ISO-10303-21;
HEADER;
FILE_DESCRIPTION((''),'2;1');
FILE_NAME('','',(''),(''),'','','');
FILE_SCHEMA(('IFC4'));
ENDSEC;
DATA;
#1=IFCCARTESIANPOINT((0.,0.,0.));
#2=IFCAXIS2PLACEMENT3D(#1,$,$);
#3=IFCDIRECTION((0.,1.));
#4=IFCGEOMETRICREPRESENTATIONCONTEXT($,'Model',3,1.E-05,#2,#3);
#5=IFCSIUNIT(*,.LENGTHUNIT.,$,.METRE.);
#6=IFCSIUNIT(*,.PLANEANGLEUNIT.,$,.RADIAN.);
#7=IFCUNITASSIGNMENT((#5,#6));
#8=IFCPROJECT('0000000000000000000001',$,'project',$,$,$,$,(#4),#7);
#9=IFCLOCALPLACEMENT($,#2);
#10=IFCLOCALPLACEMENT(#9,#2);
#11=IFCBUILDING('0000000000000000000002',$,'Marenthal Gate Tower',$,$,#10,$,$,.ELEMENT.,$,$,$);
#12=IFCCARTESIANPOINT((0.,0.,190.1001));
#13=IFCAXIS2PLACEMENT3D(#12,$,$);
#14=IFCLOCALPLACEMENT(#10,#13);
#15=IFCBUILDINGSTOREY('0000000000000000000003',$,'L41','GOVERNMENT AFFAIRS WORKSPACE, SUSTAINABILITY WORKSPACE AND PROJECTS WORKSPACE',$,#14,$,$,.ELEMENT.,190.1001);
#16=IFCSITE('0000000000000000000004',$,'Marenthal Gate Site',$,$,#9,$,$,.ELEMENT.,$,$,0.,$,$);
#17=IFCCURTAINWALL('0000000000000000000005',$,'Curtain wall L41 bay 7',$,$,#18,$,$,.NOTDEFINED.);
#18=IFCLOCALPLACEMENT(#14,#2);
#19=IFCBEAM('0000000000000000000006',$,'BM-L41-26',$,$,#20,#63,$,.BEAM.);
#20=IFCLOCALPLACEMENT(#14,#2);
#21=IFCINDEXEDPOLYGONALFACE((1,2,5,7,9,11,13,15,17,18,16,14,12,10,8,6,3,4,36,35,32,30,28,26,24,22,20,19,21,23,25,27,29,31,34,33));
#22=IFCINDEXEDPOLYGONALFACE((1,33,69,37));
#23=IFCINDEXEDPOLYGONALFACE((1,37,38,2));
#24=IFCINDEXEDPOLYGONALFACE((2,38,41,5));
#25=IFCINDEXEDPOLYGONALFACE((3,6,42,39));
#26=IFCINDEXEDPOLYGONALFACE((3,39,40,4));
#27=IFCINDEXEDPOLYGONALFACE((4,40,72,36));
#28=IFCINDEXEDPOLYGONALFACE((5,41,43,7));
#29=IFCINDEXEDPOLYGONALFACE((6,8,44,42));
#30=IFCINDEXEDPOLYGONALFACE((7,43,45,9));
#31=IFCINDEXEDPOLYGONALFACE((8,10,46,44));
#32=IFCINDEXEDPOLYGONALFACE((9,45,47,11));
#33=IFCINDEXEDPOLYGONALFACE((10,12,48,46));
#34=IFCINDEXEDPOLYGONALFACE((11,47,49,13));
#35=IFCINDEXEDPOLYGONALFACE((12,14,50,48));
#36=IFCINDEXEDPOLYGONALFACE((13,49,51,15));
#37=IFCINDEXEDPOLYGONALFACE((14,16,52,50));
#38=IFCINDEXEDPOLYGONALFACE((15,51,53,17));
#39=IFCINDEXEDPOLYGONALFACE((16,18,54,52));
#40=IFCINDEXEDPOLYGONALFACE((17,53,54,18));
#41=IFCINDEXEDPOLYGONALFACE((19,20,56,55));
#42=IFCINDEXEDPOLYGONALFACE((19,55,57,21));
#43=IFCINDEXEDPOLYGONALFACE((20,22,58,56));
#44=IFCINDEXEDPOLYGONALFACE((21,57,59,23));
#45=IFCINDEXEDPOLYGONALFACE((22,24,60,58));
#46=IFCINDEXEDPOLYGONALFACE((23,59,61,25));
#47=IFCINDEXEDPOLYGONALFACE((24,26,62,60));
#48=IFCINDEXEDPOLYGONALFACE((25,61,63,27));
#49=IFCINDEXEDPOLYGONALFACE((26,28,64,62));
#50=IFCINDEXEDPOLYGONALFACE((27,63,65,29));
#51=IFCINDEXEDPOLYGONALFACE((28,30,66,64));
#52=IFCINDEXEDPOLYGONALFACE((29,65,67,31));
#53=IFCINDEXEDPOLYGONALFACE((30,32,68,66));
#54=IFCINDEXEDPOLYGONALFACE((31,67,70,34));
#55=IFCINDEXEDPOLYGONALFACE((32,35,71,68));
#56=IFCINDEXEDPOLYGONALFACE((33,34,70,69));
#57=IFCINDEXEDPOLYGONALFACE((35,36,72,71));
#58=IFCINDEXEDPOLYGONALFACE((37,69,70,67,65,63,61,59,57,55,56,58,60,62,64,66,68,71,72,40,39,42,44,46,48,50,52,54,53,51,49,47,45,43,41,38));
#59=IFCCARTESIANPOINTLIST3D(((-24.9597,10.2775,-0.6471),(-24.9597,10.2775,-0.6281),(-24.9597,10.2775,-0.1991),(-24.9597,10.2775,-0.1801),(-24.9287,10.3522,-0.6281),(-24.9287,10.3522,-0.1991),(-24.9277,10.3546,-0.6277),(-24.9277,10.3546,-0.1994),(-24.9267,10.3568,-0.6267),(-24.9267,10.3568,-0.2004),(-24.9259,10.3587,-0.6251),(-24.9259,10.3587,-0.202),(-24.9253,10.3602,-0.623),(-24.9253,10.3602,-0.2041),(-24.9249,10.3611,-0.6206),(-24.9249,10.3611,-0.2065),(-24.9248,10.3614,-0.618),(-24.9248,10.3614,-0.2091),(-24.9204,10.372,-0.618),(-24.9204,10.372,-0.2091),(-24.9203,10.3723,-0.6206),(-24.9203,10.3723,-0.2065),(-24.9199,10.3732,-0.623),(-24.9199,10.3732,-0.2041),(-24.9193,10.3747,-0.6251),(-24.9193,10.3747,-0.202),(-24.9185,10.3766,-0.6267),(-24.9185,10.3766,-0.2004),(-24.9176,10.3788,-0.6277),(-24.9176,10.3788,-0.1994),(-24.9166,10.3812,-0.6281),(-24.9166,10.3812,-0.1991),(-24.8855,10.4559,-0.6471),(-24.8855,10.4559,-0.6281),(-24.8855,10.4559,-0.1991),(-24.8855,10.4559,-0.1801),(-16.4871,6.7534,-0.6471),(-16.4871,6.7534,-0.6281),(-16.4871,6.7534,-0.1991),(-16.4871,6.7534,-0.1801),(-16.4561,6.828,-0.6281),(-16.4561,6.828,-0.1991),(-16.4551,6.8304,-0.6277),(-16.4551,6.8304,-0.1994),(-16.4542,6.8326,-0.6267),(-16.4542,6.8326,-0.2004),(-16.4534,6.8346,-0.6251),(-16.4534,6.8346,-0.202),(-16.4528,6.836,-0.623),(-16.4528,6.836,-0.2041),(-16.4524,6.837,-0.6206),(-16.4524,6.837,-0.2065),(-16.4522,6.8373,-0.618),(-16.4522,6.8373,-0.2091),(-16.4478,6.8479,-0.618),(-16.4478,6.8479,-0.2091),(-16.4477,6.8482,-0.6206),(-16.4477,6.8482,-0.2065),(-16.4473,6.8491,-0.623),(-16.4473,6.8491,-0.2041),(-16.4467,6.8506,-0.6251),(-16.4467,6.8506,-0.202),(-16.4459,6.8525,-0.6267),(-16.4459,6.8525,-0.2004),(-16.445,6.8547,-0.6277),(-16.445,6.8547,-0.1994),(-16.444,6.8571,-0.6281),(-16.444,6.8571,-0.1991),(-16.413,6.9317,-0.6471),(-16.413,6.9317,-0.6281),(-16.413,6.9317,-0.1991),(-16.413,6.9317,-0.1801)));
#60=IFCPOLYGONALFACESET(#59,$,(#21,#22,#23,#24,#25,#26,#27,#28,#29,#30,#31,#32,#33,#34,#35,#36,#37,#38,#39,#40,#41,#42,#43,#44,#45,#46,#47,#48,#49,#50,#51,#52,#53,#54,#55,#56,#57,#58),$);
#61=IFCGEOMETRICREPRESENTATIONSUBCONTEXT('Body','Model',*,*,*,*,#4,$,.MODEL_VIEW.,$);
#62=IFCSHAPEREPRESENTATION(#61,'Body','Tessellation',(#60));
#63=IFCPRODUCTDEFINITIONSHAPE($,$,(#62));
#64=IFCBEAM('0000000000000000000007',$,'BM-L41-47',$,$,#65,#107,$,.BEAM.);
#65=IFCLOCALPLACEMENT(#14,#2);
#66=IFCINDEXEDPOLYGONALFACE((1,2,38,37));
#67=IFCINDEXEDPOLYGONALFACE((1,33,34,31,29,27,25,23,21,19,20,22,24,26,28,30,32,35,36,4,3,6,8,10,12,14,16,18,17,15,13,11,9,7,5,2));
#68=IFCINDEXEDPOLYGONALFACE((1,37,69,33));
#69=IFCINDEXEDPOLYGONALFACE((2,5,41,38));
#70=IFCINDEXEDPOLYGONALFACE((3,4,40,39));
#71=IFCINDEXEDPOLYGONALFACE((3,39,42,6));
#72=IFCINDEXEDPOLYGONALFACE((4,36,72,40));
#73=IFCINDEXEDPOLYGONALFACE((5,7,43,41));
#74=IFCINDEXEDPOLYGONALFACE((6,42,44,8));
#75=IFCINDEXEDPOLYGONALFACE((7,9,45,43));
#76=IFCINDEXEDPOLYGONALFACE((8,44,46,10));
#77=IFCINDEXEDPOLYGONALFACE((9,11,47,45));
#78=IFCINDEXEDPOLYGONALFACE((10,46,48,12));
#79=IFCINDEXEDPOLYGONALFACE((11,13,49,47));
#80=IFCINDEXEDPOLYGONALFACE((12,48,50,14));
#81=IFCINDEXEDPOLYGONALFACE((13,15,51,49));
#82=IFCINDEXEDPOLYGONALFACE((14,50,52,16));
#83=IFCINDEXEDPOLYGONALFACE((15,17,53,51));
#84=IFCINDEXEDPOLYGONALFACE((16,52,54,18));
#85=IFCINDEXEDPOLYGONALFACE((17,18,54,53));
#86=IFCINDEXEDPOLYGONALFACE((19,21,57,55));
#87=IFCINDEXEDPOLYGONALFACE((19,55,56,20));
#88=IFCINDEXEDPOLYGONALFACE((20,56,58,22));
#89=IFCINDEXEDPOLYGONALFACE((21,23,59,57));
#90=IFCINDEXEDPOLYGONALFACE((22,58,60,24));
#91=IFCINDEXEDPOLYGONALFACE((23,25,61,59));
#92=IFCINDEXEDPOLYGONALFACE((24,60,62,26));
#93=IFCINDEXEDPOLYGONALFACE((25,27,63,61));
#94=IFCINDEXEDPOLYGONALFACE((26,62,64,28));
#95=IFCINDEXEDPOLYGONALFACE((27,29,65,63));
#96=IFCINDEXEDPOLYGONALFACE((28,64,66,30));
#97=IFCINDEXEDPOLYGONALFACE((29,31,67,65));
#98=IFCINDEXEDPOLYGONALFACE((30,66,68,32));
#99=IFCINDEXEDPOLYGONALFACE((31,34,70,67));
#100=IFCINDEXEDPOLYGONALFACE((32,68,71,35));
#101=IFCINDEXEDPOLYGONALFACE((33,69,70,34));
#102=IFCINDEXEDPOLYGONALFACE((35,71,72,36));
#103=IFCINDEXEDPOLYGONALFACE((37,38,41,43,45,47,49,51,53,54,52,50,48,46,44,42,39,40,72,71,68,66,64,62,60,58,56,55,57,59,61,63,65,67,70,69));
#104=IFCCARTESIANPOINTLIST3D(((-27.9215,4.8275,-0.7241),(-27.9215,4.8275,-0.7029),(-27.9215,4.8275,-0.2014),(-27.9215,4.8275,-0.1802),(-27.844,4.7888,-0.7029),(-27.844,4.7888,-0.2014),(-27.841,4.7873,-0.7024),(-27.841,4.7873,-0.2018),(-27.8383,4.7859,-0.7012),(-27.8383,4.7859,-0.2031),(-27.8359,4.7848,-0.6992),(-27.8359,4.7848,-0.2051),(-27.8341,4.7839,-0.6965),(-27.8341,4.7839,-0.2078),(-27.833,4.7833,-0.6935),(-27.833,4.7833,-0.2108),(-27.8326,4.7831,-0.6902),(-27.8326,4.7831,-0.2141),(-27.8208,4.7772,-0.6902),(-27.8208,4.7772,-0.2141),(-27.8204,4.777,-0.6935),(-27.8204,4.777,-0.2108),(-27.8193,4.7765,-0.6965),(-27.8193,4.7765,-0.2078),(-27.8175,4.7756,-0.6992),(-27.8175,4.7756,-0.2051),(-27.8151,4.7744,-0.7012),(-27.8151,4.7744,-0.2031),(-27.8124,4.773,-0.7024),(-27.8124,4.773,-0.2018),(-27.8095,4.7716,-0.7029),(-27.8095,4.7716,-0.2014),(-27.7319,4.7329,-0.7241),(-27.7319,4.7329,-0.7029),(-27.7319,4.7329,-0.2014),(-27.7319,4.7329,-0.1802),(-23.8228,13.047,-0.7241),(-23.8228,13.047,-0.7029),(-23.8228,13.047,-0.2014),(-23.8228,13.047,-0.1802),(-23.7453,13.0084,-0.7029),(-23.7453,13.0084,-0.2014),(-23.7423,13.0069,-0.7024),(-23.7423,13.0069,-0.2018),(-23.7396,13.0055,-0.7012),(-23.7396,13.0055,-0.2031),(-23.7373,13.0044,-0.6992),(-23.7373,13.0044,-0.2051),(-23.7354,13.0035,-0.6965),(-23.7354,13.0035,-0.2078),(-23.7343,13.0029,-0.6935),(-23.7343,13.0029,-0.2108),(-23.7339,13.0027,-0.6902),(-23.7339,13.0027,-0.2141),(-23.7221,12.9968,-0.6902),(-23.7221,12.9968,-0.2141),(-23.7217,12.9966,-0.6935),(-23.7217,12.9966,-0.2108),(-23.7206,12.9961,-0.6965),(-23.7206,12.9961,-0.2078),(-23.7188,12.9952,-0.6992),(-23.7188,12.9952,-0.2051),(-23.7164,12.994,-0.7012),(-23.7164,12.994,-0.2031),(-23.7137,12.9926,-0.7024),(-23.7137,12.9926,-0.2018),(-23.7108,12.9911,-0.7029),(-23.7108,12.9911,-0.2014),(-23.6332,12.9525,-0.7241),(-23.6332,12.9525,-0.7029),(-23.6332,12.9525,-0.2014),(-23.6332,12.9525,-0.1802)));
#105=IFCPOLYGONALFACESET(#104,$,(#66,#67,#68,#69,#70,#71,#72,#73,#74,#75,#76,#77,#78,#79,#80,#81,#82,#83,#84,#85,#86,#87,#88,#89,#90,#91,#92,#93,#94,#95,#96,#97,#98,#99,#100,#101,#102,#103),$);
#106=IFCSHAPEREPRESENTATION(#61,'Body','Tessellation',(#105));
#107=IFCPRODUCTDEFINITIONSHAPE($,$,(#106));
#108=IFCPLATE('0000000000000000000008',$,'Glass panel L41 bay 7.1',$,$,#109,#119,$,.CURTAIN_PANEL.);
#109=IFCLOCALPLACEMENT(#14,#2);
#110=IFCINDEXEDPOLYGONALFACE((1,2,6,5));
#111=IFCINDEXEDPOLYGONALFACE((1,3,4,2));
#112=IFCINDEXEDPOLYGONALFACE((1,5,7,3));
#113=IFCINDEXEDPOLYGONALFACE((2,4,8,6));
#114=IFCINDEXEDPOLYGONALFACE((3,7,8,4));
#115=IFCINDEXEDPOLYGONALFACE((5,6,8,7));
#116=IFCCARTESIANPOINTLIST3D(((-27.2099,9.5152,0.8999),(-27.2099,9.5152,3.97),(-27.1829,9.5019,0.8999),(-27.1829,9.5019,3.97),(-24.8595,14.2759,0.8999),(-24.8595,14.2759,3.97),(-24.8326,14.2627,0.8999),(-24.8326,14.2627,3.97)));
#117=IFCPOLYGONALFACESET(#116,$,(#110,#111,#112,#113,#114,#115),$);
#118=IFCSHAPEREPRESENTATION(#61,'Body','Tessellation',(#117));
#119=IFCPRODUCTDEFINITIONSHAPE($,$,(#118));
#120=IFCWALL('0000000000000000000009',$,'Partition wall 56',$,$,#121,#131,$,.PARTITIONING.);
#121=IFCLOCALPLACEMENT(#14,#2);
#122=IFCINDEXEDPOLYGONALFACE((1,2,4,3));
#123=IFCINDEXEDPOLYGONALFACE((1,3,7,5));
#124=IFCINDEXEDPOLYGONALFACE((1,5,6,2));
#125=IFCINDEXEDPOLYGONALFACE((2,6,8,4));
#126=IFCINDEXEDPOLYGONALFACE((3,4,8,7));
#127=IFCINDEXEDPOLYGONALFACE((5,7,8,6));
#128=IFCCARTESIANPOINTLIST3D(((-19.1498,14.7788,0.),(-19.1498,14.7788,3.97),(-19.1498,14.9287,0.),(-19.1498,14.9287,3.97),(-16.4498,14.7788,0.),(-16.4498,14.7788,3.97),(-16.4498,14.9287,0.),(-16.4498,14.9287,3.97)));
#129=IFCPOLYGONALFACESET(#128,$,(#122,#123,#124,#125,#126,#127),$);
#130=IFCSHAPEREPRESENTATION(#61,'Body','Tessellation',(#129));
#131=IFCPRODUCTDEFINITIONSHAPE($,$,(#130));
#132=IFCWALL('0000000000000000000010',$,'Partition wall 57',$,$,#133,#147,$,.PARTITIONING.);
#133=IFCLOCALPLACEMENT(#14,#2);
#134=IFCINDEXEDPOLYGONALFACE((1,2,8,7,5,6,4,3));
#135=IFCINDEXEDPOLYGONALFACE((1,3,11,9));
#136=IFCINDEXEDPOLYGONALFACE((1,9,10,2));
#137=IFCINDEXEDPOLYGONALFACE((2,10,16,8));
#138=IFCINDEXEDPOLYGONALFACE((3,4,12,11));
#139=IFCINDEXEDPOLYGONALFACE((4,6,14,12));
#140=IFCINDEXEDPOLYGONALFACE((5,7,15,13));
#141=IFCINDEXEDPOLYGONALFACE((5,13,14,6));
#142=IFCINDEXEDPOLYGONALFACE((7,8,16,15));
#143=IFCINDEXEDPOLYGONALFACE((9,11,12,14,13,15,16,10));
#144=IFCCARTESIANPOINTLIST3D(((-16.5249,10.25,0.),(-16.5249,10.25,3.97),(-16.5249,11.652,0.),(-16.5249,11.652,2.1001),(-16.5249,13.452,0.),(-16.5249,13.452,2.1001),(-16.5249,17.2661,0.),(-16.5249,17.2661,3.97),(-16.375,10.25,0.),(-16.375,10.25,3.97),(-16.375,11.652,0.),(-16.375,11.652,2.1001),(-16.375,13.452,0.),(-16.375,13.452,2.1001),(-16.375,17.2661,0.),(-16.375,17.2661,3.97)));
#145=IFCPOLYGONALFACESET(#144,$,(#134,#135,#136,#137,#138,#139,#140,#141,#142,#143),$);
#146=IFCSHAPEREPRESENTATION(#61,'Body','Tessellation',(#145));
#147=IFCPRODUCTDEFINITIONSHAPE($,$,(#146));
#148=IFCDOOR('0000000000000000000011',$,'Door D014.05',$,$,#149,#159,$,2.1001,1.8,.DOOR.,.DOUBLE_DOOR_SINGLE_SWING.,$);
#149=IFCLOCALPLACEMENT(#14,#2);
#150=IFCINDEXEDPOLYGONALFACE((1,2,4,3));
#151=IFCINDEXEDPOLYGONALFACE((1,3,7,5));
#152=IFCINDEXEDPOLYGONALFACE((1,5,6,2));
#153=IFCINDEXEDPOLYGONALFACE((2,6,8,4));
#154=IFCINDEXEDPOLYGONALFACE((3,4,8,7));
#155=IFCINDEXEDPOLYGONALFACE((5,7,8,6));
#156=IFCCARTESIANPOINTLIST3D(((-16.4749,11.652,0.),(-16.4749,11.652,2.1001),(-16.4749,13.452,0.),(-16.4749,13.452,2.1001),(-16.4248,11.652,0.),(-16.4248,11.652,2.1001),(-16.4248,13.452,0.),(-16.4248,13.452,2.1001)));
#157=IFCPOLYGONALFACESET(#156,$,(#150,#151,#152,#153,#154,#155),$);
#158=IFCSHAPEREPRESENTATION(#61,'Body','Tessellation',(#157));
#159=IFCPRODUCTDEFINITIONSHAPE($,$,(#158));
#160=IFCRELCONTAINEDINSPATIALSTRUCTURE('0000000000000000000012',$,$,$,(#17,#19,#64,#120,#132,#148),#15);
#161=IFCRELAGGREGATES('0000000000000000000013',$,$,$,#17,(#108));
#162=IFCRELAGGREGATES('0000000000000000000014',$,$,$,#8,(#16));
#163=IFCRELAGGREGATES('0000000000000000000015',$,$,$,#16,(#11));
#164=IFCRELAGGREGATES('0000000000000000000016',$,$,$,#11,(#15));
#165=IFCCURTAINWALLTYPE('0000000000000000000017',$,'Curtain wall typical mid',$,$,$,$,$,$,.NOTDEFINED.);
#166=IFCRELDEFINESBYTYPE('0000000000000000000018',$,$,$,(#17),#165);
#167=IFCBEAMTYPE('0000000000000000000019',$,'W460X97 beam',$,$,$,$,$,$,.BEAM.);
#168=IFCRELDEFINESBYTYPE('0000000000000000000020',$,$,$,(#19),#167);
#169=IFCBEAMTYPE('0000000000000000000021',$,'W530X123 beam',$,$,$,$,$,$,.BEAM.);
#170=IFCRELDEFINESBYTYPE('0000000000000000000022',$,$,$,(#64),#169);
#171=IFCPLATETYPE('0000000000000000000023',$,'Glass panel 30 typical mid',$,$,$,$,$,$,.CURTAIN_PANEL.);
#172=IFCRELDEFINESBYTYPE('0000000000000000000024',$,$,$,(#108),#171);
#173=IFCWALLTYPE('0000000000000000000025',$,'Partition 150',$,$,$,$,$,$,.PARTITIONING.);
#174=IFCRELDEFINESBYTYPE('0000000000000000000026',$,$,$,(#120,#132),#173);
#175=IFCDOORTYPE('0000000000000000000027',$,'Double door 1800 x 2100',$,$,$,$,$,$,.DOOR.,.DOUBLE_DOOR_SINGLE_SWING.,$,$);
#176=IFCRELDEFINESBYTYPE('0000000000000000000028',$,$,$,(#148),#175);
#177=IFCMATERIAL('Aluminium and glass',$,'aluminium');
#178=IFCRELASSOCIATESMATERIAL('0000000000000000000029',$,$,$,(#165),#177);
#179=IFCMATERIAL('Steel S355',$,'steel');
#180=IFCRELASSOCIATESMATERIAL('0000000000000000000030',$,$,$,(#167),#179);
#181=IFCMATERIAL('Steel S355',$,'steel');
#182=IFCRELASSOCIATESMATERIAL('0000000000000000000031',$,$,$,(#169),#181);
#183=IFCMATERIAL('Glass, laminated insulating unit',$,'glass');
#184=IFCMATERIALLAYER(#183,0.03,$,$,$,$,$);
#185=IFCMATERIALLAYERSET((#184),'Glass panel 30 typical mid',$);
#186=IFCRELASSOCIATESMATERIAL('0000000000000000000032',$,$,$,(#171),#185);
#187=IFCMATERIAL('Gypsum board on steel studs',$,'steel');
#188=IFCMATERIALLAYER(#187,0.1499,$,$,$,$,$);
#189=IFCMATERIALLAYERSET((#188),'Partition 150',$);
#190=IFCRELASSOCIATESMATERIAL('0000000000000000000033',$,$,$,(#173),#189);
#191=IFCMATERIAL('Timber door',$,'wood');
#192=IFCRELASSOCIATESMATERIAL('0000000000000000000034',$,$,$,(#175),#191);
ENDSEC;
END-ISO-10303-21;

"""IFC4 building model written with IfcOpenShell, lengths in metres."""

from ifc_helpers import new_model, si_unit, direction, frame, frame_2d, origin, origin_2d, place, context, subcontext, project, spatial, rectangle, i_section, extrude, material, layer, layer_set, material_profile, profile_set, type_object, element, fill, aggregate, save


model = new_model("IFC4")

# Units and contexts
model_context = context("Model", 3, precision=1e-05, world=origin(), true_north=direction((0.0, 1.0)))
body_context = subcontext(model_context, "Body", "Model", "MODEL_VIEW")
ifc_project = project(units=[si_unit("LENGTHUNIT", "METRE"), si_unit("PLANEANGLEUNIT", "RADIAN")], contexts=[model_context])

# Site, building, storey
site_placement = place(None, origin())
site = spatial("IfcSite", under=ifc_project, at=site_placement, Name="Marenthal Gate Site", CompositionType="ELEMENT", RefElevation=0.0)
building_placement = place(site_placement, origin())
building = spatial("IfcBuilding", under=site, at=building_placement, Name="Marenthal Gate Tower", CompositionType="ELEMENT")
storey_placement = place(building_placement, frame((0.0, 0.0, 190.1001)))
storey = spatial("IfcBuildingStorey", under=building, at=storey_placement, Name="L41", Description="GOVERNMENT AFFAIRS WORKSPACE, SUSTAINABILITY WORKSPACE AND PROJECTS WORKSPACE", CompositionType="ELEMENT", Elevation=190.1001)

# Shared definitions
ifc_material_1 = material(Name="Aluminium and glass", Category="aluminium")
curtain_wall_type = type_object("IfcCurtainWallType", Name="Curtain wall typical mid", PredefinedType="NOTDEFINED", material=ifc_material_1)

# Curtain wall
curtain_wall_1_placement = place(storey_placement, origin())
curtain_wall_1 = element("IfcCurtainWall", 1, at=curtain_wall_1_placement, inside=storey, type_object=curtain_wall_type, Name="Curtain wall L41 bay 7", PredefinedType="NOTDEFINED")

# Beams
ifc_material_2 = material(Name="Steel S355", Category="steel")
ifc_material_profile_1 = material_profile(ifc_material_2, i_section(OverallWidth=0.1931, OverallDepth=0.467, WebThickness=0.0115, FlangeThickness=0.019, FilletRadius=0.01, at=origin_2d()), Name="W460X97")
ifc_profile_set_1 = profile_set([ifc_material_profile_1], Name="Steel S355")
beam_type_1 = type_object("IfcBeamType", Name="W460X97 beam", PredefinedType="BEAM", material=ifc_profile_set_1)
beam_1_placement = place(storey_placement, frame((-24.9226, 10.3667, -0.4136), z_axis=(0.923313, -0.384049, 0.0), x_axis=(0.384049, 0.923313, 0.0)))
element("IfcBeam", 2, at=beam_1_placement, inside=storey, type_object=beam_type_1, Name="BM-L41-26", PredefinedType="BEAM", context=body_context, shape_type="SweptSolid", body=[
    extrude(i_section(OverallWidth=0.1931, OverallDepth=0.467, WebThickness=0.0115, FlangeThickness=0.019, FilletRadius=0.01, at=origin_2d()), origin(), (0.0, 0.0, 1.0), 9.1763),
])
ifc_material_3 = material(Name="Steel S355", Category="steel")
ifc_material_profile_2 = material_profile(ifc_material_3, i_section(OverallWidth=0.2119, OverallDepth=0.5439, WebThickness=0.0132, FlangeThickness=0.0212, FilletRadius=0.0127, at=origin_2d()), Name="W530X123")
ifc_profile_set_2 = profile_set([ifc_material_profile_2], Name="Steel S355")
beam_type_2 = type_object("IfcBeamType", Name="W530X123 beam", PredefinedType="BEAM", material=ifc_profile_set_2)
beam_2_placement = place(storey_placement, frame((-23.728, 12.9998, -0.4521), z_axis=(-0.446246, -0.89491, 0.0), x_axis=(0.89491, -0.446246, 0.0)))
element("IfcBeam", 3, at=beam_2_placement, inside=storey, type_object=beam_type_2, Name="BM-L41-47", PredefinedType="BEAM", context=body_context, shape_type="SweptSolid", body=[
    extrude(i_section(OverallWidth=0.2119, OverallDepth=0.5439, WebThickness=0.0132, FlangeThickness=0.0212, FilletRadius=0.0127, at=origin_2d()), origin(), (0.0, 0.0, 1.0), 9.1848),
])

# Plate
ifc_material_4 = material(Name="Glass, laminated insulating unit", Category="glass")
ifc_layer_1 = layer(ifc_material_4, 0.03)
ifc_layer_set_1 = layer_set([ifc_layer_1], Name="Glass panel 30 typical mid")
plate_type = type_object("IfcPlateType", Name="Glass panel 30 typical mid", PredefinedType="CURTAIN_PANEL", material=ifc_layer_set_1)
plate_placement = place(storey_placement, frame((-26.0212, 11.8889, 0.8999), z_axis=(0.0, 0.0, 1.0), x_axis=(-0.442678, -0.896681, 0.0)))
plate = element("IfcPlate", 4, at=plate_placement, type_object=plate_type, Name="Glass panel L41 bay 7.1", PredefinedType="CURTAIN_PANEL", context=body_context, shape_type="SweptSolid", body=[
    extrude(rectangle(XDim=5.3093, YDim=0.03, at=origin_2d()), origin(), (0.0, 0.0, 1.0), 3.0701),
])
aggregate(curtain_wall_1, [plate])

# Wall
ifc_material_5 = material(Name="Gypsum board on steel studs", Category="steel")
ifc_layer_2 = layer(ifc_material_5, 0.1499)
ifc_layer_set_2 = layer_set([ifc_layer_2], Name="Partition 150")
wall_type_1 = type_object("IfcWallType", Name="Partition 150", PredefinedType="PARTITIONING", material=ifc_layer_set_2)
wall_1_placement = place(storey_placement, frame((-19.1499, 14.8538, 0.0), z_axis=(0.0, 0.0, 1.0), x_axis=(1.0, 0.0, 0.0)))
element("IfcWall", 5, at=wall_1_placement, inside=storey, type_object=wall_type_1, Name="Partition wall 56", PredefinedType="PARTITIONING", context=body_context, shape_type="SweptSolid", body=[
    extrude(rectangle(XDim=2.7, YDim=0.1499, at=frame_2d((1.3501, 0.0))), origin(), (0.0, 0.0, 1.0), 3.97),
])

# Wall, opening, door
wall_2_placement = place(storey_placement, frame((-16.45, 10.25, 0.0), z_axis=(0.0, 0.0, 1.0), x_axis=(0.0, 1.0, 0.0)))
wall_2 = element("IfcWall", 6, at=wall_2_placement, inside=storey, type_object=wall_type_1, Name="Partition wall 57", PredefinedType="PARTITIONING", context=body_context, shape_type="SweptSolid", body=[
    extrude(rectangle(XDim=7.0161, YDim=0.1499, at=frame_2d((3.5081, 0.0))), origin(), (0.0, 0.0, 1.0), 3.97),
])
opening_1_placement = place(wall_2_placement, frame((1.4021, 0.0, 0.0)))
opening_1 = element("IfcOpeningElement", 7, at=opening_1_placement, cuts=wall_2, PredefinedType="OPENING", context=body_context, shape_type="SweptSolid", body=[
    extrude(rectangle(XDim=1.8, YDim=2.1001, at=frame_2d((0.8999, 1.05))), frame((0.0, 0.085, 0.0), z_axis=(0.0, -1.0, 0.0), x_axis=(1.0, 0.0, 0.0)), (0.0, 0.0, 1.0), 0.1699),
])
ifc_material_6 = material(Name="Timber door", Category="wood")
door_type_1 = type_object("IfcDoorType", Name="Double door 1800 x 2100", OperationType="DOUBLE_DOOR_SINGLE_SWING", PredefinedType="DOOR", material=ifc_material_6)
door_1_placement = place(opening_1_placement, origin())
door_1 = element("IfcDoor", 8, at=door_1_placement, inside=storey, type_object=door_type_1, Name="Door D014.05", OperationType="DOUBLE_DOOR_SINGLE_SWING", OverallHeight=2.1001, OverallWidth=1.8, PredefinedType="DOOR", context=body_context, shape_type="SweptSolid", body=[
    extrude(rectangle(XDim=1.8, YDim=2.1001, at=frame_2d((0.8999, 1.05))), frame((0.0, 0.0249, 0.0), z_axis=(0.0, -1.0, 0.0), x_axis=(1.0, 0.0, 0.0)), (0.0, 0.0, 1.0), 0.05),
])
fill(opening_1, door_1)

save(model, "model.ifc")
